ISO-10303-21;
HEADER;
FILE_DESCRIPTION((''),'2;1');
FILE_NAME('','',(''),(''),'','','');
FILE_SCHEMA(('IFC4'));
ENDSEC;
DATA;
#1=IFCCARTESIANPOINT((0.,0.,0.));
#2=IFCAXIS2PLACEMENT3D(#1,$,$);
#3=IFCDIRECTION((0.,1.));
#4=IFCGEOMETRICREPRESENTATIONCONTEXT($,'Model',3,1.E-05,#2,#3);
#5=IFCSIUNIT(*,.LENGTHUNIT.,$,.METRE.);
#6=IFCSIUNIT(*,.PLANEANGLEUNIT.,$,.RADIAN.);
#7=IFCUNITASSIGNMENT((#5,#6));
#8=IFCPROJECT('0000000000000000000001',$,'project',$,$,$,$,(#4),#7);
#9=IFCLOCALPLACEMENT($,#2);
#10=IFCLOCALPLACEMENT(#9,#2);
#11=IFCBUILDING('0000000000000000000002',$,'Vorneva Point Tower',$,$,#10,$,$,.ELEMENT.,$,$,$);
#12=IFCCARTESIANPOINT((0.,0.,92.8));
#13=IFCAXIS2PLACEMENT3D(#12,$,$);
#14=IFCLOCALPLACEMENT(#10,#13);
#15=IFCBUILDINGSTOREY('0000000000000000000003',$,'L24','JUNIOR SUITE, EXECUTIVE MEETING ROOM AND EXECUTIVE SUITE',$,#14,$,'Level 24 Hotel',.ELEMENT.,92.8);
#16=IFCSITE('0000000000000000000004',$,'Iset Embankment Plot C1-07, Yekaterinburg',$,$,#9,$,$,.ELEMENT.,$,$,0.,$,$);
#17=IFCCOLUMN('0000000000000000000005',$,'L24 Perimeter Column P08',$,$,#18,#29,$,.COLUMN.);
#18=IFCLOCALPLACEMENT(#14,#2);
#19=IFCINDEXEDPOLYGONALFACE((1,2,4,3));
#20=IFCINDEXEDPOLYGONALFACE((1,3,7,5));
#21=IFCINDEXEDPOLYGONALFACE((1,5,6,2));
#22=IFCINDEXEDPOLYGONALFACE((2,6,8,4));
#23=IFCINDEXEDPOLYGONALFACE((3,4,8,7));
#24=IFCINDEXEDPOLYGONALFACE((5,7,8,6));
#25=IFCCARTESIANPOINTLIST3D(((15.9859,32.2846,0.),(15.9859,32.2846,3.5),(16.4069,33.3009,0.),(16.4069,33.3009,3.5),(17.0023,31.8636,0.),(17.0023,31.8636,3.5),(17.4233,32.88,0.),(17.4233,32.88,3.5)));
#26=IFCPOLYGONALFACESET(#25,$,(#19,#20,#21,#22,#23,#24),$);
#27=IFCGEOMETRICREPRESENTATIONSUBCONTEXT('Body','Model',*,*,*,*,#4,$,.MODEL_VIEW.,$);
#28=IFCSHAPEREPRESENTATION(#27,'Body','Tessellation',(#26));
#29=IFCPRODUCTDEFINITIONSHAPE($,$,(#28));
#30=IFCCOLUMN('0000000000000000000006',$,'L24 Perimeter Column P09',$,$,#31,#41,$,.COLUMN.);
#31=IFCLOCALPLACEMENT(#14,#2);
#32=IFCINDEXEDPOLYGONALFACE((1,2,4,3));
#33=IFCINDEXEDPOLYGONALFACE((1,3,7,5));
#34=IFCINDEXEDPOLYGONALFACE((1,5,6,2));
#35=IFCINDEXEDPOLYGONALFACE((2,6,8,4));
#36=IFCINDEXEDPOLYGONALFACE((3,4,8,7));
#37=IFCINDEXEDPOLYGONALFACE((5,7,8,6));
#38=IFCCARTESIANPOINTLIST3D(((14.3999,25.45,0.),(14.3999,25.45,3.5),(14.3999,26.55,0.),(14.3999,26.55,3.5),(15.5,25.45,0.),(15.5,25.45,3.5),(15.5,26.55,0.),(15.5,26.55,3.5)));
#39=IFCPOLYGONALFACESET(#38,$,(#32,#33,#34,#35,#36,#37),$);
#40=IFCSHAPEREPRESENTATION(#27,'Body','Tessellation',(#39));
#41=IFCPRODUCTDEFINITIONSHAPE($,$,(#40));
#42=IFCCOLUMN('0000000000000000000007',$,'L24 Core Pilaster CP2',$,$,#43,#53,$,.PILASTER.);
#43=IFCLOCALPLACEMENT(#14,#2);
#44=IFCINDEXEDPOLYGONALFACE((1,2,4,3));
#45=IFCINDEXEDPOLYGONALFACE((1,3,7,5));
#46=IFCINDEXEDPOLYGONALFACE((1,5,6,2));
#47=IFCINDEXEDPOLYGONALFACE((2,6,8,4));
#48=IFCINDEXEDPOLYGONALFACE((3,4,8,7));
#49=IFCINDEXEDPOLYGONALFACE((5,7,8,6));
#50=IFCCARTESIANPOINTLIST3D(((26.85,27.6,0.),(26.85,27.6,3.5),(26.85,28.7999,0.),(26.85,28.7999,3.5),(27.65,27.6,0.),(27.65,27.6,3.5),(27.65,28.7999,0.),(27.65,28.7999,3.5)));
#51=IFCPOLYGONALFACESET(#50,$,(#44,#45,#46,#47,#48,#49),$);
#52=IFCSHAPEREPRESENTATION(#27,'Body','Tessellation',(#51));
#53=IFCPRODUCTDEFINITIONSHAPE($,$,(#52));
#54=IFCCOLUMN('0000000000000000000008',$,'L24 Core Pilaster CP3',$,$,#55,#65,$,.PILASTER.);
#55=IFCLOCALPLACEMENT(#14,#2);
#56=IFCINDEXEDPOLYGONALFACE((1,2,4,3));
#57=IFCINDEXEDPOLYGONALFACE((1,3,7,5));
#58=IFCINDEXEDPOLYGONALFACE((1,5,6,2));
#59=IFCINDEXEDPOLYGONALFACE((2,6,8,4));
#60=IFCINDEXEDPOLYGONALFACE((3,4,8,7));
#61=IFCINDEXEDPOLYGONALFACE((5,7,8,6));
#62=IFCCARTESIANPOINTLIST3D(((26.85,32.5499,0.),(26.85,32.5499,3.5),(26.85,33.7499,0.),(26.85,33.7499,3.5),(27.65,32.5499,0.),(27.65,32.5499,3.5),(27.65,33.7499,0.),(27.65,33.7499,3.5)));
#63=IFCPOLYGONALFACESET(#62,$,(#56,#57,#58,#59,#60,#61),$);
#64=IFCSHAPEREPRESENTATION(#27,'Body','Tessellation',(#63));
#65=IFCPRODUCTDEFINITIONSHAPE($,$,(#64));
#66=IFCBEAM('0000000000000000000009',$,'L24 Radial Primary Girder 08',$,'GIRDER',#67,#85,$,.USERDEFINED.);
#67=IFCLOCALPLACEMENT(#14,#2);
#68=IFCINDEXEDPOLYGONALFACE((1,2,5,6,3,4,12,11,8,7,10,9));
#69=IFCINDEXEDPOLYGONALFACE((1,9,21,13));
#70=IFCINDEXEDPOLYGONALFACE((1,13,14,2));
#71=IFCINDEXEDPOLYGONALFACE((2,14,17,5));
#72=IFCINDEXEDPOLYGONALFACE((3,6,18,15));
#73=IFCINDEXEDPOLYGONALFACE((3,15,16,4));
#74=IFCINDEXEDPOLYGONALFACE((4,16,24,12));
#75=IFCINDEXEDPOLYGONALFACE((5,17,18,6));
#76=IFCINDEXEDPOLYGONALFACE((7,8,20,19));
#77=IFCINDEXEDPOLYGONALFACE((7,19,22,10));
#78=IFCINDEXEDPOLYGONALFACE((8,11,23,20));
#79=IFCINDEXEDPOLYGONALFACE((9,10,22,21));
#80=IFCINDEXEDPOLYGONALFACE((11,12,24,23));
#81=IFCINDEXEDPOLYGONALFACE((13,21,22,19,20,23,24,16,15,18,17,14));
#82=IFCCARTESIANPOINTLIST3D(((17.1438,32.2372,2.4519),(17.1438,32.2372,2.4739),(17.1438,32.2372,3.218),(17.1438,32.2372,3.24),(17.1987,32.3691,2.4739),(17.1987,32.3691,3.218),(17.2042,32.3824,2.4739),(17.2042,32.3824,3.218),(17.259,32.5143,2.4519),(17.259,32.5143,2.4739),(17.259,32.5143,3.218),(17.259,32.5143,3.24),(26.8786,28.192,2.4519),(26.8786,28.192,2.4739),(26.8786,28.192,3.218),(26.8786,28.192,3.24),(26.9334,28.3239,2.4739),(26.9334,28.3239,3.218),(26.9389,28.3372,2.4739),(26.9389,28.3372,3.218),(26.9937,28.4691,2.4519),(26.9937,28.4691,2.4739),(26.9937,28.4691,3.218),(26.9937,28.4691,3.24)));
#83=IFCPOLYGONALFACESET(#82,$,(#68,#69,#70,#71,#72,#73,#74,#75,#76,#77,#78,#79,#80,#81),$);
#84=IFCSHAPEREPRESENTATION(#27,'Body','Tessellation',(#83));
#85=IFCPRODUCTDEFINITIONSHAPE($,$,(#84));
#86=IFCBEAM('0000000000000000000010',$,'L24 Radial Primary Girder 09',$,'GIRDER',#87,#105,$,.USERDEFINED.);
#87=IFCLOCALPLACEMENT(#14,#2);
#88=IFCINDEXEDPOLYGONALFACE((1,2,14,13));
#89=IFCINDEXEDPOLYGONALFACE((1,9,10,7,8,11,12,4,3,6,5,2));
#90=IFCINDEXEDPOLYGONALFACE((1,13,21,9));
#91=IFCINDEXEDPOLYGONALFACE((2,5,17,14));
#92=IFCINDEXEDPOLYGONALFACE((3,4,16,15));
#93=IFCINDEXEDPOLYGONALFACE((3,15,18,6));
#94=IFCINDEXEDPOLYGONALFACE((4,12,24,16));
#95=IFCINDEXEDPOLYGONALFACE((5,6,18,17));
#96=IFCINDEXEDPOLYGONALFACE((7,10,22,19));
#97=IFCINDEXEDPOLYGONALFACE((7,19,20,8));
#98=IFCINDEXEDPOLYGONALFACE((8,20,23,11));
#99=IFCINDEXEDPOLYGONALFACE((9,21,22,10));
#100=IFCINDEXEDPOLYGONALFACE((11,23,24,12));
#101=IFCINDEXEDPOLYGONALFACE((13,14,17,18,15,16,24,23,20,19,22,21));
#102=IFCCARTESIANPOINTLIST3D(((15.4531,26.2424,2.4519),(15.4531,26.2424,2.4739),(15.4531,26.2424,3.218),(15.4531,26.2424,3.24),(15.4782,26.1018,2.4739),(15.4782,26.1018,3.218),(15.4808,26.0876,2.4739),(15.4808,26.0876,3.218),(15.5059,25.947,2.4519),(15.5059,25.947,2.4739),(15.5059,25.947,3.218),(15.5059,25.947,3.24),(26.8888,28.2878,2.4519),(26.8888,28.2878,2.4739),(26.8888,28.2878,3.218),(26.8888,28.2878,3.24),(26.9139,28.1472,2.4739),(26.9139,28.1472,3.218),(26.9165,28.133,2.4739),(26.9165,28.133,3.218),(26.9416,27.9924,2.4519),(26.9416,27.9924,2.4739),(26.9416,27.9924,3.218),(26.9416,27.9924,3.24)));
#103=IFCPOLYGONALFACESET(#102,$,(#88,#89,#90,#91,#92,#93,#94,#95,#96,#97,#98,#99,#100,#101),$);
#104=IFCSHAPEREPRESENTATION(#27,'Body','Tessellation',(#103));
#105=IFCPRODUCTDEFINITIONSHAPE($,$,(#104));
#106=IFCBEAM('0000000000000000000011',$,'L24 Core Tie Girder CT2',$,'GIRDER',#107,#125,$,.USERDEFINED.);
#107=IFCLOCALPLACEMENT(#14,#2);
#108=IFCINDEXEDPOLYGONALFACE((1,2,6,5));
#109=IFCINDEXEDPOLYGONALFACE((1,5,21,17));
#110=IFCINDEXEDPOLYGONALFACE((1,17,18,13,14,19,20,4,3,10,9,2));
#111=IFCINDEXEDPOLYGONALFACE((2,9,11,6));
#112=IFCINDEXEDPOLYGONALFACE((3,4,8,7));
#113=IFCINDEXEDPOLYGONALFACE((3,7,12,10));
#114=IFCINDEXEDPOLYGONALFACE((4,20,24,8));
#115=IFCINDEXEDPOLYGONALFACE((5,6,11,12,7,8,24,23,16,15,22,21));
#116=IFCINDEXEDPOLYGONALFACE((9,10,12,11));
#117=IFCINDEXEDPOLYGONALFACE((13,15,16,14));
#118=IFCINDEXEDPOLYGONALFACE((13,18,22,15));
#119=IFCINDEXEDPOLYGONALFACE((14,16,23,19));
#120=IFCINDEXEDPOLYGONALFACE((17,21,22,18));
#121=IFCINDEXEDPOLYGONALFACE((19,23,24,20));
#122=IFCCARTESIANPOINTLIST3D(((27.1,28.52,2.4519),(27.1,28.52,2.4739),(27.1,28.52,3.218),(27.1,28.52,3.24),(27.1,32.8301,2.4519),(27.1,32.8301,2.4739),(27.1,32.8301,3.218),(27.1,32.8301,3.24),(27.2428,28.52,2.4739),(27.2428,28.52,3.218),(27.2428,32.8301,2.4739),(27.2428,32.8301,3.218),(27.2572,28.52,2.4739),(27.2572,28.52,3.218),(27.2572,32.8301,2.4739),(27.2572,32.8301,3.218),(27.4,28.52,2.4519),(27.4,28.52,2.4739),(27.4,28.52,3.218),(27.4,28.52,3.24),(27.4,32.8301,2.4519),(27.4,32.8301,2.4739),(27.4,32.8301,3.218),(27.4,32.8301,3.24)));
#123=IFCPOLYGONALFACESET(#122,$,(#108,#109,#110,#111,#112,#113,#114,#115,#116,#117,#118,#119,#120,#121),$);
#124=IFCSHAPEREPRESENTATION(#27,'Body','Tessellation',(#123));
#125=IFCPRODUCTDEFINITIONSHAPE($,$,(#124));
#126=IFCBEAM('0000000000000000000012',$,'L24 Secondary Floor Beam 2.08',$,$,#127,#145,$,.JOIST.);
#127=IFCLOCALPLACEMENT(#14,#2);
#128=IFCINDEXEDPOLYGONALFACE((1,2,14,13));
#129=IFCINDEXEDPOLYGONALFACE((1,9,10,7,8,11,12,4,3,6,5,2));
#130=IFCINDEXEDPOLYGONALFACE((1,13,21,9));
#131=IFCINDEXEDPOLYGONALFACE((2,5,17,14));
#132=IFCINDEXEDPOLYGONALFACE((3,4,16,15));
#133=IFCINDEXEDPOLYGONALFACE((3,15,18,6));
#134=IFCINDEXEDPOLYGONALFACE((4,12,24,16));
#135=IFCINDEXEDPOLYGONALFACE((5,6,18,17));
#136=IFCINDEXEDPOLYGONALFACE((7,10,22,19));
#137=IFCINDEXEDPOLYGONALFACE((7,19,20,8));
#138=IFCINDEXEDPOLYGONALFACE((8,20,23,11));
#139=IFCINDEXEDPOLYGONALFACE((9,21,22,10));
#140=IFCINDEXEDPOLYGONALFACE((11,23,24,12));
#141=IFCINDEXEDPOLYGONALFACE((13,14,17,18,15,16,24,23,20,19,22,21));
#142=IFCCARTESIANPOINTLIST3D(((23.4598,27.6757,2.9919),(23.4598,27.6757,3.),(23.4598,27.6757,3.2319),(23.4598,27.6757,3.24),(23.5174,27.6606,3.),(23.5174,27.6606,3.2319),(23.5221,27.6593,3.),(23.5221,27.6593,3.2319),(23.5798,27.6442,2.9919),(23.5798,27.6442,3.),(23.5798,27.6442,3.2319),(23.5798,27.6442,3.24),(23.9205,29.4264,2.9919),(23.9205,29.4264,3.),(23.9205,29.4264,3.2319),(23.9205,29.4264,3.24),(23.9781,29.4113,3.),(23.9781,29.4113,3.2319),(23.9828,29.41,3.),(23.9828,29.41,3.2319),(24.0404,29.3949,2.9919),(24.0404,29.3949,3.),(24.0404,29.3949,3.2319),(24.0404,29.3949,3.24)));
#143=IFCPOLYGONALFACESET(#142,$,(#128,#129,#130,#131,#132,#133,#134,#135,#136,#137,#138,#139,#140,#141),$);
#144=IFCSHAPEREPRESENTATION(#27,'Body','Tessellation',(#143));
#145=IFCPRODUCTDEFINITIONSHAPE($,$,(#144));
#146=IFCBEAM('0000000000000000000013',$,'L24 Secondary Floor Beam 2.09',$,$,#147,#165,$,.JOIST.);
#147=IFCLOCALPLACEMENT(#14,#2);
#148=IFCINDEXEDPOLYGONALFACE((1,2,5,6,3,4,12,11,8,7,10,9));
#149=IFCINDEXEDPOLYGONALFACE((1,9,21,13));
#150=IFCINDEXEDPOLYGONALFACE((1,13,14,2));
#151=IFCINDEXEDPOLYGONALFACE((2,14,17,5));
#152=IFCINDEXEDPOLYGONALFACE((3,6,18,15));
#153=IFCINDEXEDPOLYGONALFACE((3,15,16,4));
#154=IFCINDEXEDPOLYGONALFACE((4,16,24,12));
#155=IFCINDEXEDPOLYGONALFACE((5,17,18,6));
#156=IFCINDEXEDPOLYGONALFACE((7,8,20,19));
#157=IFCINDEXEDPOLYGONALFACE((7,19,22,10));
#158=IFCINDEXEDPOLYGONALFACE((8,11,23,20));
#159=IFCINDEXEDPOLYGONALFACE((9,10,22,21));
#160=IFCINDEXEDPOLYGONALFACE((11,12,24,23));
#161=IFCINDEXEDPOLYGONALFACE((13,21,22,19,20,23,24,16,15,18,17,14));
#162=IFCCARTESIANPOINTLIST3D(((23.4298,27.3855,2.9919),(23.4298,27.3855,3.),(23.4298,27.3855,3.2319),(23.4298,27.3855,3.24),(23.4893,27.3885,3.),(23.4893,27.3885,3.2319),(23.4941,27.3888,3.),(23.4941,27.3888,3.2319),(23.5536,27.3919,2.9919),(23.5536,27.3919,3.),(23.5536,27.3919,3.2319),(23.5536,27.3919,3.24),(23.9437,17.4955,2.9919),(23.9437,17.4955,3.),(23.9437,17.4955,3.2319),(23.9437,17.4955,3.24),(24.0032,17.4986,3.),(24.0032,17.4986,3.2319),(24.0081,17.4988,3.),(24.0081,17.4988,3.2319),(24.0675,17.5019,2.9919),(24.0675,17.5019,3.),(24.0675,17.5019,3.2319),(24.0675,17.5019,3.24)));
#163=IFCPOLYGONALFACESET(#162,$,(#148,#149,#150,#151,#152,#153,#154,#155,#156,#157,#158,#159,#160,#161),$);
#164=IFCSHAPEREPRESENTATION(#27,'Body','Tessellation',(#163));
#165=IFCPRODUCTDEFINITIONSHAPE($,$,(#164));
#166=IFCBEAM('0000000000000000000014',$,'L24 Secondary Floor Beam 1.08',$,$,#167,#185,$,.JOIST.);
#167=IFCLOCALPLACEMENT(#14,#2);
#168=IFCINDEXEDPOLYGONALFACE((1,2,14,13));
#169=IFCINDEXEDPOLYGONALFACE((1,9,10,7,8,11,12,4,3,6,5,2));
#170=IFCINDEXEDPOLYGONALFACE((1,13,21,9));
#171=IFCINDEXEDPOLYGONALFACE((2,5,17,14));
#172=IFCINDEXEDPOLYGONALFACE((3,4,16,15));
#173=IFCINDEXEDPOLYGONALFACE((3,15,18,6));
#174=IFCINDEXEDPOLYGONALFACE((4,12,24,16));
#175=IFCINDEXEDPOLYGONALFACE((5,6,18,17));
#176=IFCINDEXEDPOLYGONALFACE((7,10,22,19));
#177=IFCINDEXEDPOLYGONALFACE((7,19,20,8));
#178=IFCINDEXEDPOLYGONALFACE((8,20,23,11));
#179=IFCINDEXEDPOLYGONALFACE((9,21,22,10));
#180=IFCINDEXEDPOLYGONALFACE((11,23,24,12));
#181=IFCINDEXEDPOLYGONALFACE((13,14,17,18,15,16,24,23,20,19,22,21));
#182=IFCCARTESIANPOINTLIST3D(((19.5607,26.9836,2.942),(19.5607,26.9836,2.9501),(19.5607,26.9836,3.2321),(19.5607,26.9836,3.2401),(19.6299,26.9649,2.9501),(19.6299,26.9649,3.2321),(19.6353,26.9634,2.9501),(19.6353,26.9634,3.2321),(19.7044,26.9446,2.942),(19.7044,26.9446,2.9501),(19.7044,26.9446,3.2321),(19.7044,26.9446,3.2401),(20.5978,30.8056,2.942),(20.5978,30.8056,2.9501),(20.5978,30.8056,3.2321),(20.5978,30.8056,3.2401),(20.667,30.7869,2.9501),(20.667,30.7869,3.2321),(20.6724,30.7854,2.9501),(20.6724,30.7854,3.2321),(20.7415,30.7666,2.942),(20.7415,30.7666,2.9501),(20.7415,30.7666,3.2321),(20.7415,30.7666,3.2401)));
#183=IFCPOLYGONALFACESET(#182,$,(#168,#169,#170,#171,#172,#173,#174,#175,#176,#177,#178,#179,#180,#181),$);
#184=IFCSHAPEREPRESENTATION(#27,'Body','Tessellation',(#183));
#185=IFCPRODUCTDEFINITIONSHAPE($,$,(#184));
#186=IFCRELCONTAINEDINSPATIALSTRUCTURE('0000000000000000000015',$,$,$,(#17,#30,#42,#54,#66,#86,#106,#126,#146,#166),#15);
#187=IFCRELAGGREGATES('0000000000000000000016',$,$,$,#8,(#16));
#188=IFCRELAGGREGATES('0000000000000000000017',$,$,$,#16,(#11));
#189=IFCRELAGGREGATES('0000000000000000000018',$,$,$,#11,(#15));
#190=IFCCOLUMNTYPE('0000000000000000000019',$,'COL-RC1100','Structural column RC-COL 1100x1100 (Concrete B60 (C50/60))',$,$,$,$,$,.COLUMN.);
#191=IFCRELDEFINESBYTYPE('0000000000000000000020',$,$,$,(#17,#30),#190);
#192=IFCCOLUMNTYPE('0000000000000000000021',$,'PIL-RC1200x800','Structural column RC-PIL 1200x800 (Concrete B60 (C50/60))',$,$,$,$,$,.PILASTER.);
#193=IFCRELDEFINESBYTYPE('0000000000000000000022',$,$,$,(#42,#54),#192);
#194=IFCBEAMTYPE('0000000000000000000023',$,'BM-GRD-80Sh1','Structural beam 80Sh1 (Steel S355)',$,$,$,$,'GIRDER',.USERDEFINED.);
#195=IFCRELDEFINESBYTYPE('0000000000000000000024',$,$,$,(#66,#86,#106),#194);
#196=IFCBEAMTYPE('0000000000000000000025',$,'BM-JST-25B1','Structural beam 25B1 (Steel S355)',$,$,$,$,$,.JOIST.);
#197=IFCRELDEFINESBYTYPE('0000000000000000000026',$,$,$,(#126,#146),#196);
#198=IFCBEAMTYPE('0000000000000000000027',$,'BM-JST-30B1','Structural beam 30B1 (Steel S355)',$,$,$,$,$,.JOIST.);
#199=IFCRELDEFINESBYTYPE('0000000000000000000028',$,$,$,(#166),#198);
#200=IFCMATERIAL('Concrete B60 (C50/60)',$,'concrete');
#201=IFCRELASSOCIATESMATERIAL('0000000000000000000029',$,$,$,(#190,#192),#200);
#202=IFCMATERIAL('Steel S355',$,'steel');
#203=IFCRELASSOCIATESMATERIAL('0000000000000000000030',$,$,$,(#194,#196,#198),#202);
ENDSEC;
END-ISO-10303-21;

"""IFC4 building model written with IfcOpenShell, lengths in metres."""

from ifc_helpers import new_model, si_unit, direction, frame, origin, origin_2d, place, context, subcontext, project, spatial, rectangle, i_section, extrude, material, material_profile, profile_set, type_object, element, save


model = new_model("IFC4")

# Units and contexts
model_context = context("Model", 3, precision=1e-05, world=origin(), true_north=direction((0.0, 1.0)))
body_context = subcontext(model_context, "Body", "Model", "MODEL_VIEW")
ifc_project = project(units=[si_unit("LENGTHUNIT", "METRE"), si_unit("PLANEANGLEUNIT", "RADIAN")], contexts=[model_context])

# Site, building, storey
site_placement = place(None, origin())
site = spatial("IfcSite", under=ifc_project, at=site_placement, Name="Iset Embankment Plot C1-07, Yekaterinburg", CompositionType="ELEMENT", RefElevation=0.0)
building_placement = place(site_placement, origin())
building = spatial("IfcBuilding", under=site, at=building_placement, Name="Vorneva Point Tower", CompositionType="ELEMENT")
storey_placement = place(building_placement, frame((0.0, 0.0, 92.8)))
storey = spatial("IfcBuildingStorey", under=building, at=storey_placement, Name="L24", Description="JUNIOR SUITE, EXECUTIVE MEETING ROOM AND EXECUTIVE SUITE", LongName="Level 24 Hotel", CompositionType="ELEMENT", Elevation=92.8)

# Columns
ifc_material_1 = material(Name="Concrete B60 (C50/60)", Category="concrete")
ifc_material_profile_1 = material_profile(ifc_material_1, rectangle(XDim=1.1001, YDim=1.1001, at=origin_2d()), Name="RC-COL 1100x1100")
ifc_profile_set_1 = profile_set([ifc_material_profile_1], Name="Concrete B60 (C50/60)")
column_type_1 = type_object("IfcColumnType", Name="COL-RC1100", Description="Structural column RC-COL 1100x1100 (Concrete B60 (C50/60))", PredefinedType="COLUMN", material=ifc_profile_set_1)
for number, where, z_axis, x_axis, name in (
    (1, (16.7046, 32.5823, 0.0), (0.0, 0.0, 1.0), (-0.92388, 0.382683, 0.0), "L24 Perimeter Column P08"),
    (2, (14.95, 26.0, 0.0), (0.0, 0.0, 1.0), (-1.0, 0.0, 0.0), "L24 Perimeter Column P09"),
):
    element("IfcColumn", number, at=place(storey_placement, frame(where, z_axis=z_axis, x_axis=x_axis)), inside=storey, type_object=column_type_1, Name=name, PredefinedType="COLUMN", context=body_context, shape_type="SweptSolid", body=[
        extrude(rectangle(XDim=1.1001, YDim=1.1001, at=origin_2d()), origin(), (0.0, 0.0, 1.0), 3.5),
    ])
ifc_material_profile_2 = material_profile(ifc_material_1, rectangle(XDim=0.8, YDim=1.2, at=origin_2d()), Name="RC-PIL 1200x800")
ifc_profile_set_2 = profile_set([ifc_material_profile_2], Name="Concrete B60 (C50/60)")
column_type_2 = type_object("IfcColumnType", Name="PIL-RC1200x800", Description="Structural column RC-PIL 1200x800 (Concrete B60 (C50/60))", PredefinedType="PILASTER", material=ifc_profile_set_2)
for number, where, z_axis, x_axis, name in (
    (3, (27.25, 28.2, 0.0), (0.0, 0.0, 1.0), (1.0, 0.0, 0.0), "L24 Core Pilaster CP2"),
    (4, (27.25, 33.1499, 0.0), (0.0, 0.0, 1.0), (1.0, 0.0, 0.0), "L24 Core Pilaster CP3"),
):
    element("IfcColumn", number, at=place(storey_placement, frame(where, z_axis=z_axis, x_axis=x_axis)), inside=storey, type_object=column_type_2, Name=name, PredefinedType="PILASTER", context=body_context, shape_type="SweptSolid", body=[
        extrude(rectangle(XDim=0.8, YDim=1.2, at=origin_2d()), origin(), (0.0, 0.0, 1.0), 3.5),
    ])

# Beams
ifc_material_2 = material(Name="Steel S355", Category="steel")
ifc_material_profile_3 = material_profile(ifc_material_2, i_section(OverallWidth=0.3, OverallDepth=0.7881, WebThickness=0.0144, FlangeThickness=0.022, at=origin_2d()), Name="80Sh1")
ifc_profile_set_3 = profile_set([ifc_material_profile_3], Name="Steel S355")
beam_type_1 = type_object("IfcBeamType", Name="BM-GRD-80Sh1", Description="Structural beam 80Sh1 (Steel S355)", ElementType="GIRDER", PredefinedType="USERDEFINED", material=ifc_profile_set_3)
beam_1_placement = place(storey_placement, frame((17.2014, 32.3757, 2.8459), z_axis=(0.923444, -0.383732, 0.0), x_axis=(0.383732, 0.923444, 0.0)))
element("IfcBeam", 5, at=beam_1_placement, inside=storey, type_object=beam_type_1, Name="L24 Radial Primary Girder 08", ObjectType="GIRDER", PredefinedType="USERDEFINED", context=body_context, shape_type="SweptSolid", body=[
    extrude(i_section(OverallWidth=0.3, OverallDepth=0.7881, WebThickness=0.0144, FlangeThickness=0.022, at=origin_2d()), origin(), (0.0, 0.0, 1.0), 10.5417),
])
beam_2_placement = place(storey_placement, frame((15.4795, 26.0947, 2.8459), z_axis=(0.984378, 0.176066, 0.0), x_axis=(-0.176066, 0.984378, 0.0)))
element("IfcBeam", 6, at=beam_2_placement, inside=storey, type_object=beam_type_1, Name="L24 Radial Primary Girder 09", ObjectType="GIRDER", PredefinedType="USERDEFINED", context=body_context, shape_type="SweptSolid", body=[
    extrude(i_section(OverallWidth=0.3, OverallDepth=0.7881, WebThickness=0.0144, FlangeThickness=0.022, at=origin_2d()), origin(), (0.0, 0.0, 1.0), 11.6172),
])
beam_3_placement = place(storey_placement, frame((27.25, 28.52, 2.8459), z_axis=(0.0, 1.0, 0.0), x_axis=(-1.0, 0.0, 0.0)))
element("IfcBeam", 7, at=beam_3_placement, inside=storey, type_object=beam_type_1, Name="L24 Core Tie Girder CT2", ObjectType="GIRDER", PredefinedType="USERDEFINED", context=body_context, shape_type="SweptSolid", body=[
    extrude(i_section(OverallWidth=0.3, OverallDepth=0.7881, WebThickness=0.0144, FlangeThickness=0.022, at=origin_2d()), origin(), (0.0, 0.0, 1.0), 4.3101),
])
ifc_material_profile_4 = material_profile(ifc_material_2, i_section(OverallWidth=0.124, OverallDepth=0.248, WebThickness=0.0049, FlangeThickness=0.0081, at=origin_2d()), Name="25B1")
ifc_profile_set_4 = profile_set([ifc_material_profile_4], Name="Steel S355")
beam_type_2 = type_object("IfcBeamType", Name="BM-JST-25B1", Description="Structural beam 25B1 (Steel S355)", PredefinedType="JOIST", material=ifc_profile_set_4)
beam_4_placement = place(storey_placement, frame((23.9805, 29.4106, 3.116), z_axis=(-0.25448, -0.967078, 0.0), x_axis=(0.967078, -0.25448, 0.0)))
element("IfcBeam", 8, at=beam_4_placement, inside=storey, type_object=beam_type_2, Name="L24 Secondary Floor Beam 2.08", PredefinedType="JOIST", context=body_context, shape_type="SweptSolid", body=[
    extrude(i_section(OverallWidth=0.124, OverallDepth=0.248, WebThickness=0.0049, FlangeThickness=0.0081, at=origin_2d()), origin(), (0.0, 0.0, 1.0), 1.8103),
])
beam_5_placement = place(storey_placement, frame((23.4917, 27.3887, 3.116), z_axis=(0.051894, -0.998653, 0.0), x_axis=(0.998653, 0.051894, 0.0)))
element("IfcBeam", 9, at=beam_5_placement, inside=storey, type_object=beam_type_2, Name="L24 Secondary Floor Beam 2.09", PredefinedType="JOIST", context=body_context, shape_type="SweptSolid", body=[
    extrude(i_section(OverallWidth=0.124, OverallDepth=0.248, WebThickness=0.0049, FlangeThickness=0.0081, at=origin_2d()), origin(), (0.0, 0.0, 1.0), 9.9033),
])
ifc_material_profile_5 = material_profile(ifc_material_2, i_section(OverallWidth=0.1489, OverallDepth=0.2981, WebThickness=0.0056, FlangeThickness=0.0081, at=origin_2d()), Name="30B1")
ifc_profile_set_5 = profile_set([ifc_material_profile_5], Name="Steel S355")
beam_type_3 = type_object("IfcBeamType", Name="BM-JST-30B1", Description="Structural beam 30B1 (Steel S355)", PredefinedType="JOIST", material=ifc_profile_set_5)
beam_6_placement = place(storey_placement, frame((20.6697, 30.7861, 3.0911), z_axis=(-0.261881, -0.9651, 0.0), x_axis=(0.9651, -0.261881, 0.0)))
element("IfcBeam", 10, at=beam_6_placement, inside=storey, type_object=beam_type_3, Name="L24 Secondary Floor Beam 1.08", PredefinedType="JOIST", context=body_context, shape_type="SweptSolid", body=[
    extrude(i_section(OverallWidth=0.1489, OverallDepth=0.2981, WebThickness=0.0056, FlangeThickness=0.0081, at=origin_2d()), origin(), (0.0, 0.0, 1.0), 3.9602),
])

save(model, "model.ifc")
